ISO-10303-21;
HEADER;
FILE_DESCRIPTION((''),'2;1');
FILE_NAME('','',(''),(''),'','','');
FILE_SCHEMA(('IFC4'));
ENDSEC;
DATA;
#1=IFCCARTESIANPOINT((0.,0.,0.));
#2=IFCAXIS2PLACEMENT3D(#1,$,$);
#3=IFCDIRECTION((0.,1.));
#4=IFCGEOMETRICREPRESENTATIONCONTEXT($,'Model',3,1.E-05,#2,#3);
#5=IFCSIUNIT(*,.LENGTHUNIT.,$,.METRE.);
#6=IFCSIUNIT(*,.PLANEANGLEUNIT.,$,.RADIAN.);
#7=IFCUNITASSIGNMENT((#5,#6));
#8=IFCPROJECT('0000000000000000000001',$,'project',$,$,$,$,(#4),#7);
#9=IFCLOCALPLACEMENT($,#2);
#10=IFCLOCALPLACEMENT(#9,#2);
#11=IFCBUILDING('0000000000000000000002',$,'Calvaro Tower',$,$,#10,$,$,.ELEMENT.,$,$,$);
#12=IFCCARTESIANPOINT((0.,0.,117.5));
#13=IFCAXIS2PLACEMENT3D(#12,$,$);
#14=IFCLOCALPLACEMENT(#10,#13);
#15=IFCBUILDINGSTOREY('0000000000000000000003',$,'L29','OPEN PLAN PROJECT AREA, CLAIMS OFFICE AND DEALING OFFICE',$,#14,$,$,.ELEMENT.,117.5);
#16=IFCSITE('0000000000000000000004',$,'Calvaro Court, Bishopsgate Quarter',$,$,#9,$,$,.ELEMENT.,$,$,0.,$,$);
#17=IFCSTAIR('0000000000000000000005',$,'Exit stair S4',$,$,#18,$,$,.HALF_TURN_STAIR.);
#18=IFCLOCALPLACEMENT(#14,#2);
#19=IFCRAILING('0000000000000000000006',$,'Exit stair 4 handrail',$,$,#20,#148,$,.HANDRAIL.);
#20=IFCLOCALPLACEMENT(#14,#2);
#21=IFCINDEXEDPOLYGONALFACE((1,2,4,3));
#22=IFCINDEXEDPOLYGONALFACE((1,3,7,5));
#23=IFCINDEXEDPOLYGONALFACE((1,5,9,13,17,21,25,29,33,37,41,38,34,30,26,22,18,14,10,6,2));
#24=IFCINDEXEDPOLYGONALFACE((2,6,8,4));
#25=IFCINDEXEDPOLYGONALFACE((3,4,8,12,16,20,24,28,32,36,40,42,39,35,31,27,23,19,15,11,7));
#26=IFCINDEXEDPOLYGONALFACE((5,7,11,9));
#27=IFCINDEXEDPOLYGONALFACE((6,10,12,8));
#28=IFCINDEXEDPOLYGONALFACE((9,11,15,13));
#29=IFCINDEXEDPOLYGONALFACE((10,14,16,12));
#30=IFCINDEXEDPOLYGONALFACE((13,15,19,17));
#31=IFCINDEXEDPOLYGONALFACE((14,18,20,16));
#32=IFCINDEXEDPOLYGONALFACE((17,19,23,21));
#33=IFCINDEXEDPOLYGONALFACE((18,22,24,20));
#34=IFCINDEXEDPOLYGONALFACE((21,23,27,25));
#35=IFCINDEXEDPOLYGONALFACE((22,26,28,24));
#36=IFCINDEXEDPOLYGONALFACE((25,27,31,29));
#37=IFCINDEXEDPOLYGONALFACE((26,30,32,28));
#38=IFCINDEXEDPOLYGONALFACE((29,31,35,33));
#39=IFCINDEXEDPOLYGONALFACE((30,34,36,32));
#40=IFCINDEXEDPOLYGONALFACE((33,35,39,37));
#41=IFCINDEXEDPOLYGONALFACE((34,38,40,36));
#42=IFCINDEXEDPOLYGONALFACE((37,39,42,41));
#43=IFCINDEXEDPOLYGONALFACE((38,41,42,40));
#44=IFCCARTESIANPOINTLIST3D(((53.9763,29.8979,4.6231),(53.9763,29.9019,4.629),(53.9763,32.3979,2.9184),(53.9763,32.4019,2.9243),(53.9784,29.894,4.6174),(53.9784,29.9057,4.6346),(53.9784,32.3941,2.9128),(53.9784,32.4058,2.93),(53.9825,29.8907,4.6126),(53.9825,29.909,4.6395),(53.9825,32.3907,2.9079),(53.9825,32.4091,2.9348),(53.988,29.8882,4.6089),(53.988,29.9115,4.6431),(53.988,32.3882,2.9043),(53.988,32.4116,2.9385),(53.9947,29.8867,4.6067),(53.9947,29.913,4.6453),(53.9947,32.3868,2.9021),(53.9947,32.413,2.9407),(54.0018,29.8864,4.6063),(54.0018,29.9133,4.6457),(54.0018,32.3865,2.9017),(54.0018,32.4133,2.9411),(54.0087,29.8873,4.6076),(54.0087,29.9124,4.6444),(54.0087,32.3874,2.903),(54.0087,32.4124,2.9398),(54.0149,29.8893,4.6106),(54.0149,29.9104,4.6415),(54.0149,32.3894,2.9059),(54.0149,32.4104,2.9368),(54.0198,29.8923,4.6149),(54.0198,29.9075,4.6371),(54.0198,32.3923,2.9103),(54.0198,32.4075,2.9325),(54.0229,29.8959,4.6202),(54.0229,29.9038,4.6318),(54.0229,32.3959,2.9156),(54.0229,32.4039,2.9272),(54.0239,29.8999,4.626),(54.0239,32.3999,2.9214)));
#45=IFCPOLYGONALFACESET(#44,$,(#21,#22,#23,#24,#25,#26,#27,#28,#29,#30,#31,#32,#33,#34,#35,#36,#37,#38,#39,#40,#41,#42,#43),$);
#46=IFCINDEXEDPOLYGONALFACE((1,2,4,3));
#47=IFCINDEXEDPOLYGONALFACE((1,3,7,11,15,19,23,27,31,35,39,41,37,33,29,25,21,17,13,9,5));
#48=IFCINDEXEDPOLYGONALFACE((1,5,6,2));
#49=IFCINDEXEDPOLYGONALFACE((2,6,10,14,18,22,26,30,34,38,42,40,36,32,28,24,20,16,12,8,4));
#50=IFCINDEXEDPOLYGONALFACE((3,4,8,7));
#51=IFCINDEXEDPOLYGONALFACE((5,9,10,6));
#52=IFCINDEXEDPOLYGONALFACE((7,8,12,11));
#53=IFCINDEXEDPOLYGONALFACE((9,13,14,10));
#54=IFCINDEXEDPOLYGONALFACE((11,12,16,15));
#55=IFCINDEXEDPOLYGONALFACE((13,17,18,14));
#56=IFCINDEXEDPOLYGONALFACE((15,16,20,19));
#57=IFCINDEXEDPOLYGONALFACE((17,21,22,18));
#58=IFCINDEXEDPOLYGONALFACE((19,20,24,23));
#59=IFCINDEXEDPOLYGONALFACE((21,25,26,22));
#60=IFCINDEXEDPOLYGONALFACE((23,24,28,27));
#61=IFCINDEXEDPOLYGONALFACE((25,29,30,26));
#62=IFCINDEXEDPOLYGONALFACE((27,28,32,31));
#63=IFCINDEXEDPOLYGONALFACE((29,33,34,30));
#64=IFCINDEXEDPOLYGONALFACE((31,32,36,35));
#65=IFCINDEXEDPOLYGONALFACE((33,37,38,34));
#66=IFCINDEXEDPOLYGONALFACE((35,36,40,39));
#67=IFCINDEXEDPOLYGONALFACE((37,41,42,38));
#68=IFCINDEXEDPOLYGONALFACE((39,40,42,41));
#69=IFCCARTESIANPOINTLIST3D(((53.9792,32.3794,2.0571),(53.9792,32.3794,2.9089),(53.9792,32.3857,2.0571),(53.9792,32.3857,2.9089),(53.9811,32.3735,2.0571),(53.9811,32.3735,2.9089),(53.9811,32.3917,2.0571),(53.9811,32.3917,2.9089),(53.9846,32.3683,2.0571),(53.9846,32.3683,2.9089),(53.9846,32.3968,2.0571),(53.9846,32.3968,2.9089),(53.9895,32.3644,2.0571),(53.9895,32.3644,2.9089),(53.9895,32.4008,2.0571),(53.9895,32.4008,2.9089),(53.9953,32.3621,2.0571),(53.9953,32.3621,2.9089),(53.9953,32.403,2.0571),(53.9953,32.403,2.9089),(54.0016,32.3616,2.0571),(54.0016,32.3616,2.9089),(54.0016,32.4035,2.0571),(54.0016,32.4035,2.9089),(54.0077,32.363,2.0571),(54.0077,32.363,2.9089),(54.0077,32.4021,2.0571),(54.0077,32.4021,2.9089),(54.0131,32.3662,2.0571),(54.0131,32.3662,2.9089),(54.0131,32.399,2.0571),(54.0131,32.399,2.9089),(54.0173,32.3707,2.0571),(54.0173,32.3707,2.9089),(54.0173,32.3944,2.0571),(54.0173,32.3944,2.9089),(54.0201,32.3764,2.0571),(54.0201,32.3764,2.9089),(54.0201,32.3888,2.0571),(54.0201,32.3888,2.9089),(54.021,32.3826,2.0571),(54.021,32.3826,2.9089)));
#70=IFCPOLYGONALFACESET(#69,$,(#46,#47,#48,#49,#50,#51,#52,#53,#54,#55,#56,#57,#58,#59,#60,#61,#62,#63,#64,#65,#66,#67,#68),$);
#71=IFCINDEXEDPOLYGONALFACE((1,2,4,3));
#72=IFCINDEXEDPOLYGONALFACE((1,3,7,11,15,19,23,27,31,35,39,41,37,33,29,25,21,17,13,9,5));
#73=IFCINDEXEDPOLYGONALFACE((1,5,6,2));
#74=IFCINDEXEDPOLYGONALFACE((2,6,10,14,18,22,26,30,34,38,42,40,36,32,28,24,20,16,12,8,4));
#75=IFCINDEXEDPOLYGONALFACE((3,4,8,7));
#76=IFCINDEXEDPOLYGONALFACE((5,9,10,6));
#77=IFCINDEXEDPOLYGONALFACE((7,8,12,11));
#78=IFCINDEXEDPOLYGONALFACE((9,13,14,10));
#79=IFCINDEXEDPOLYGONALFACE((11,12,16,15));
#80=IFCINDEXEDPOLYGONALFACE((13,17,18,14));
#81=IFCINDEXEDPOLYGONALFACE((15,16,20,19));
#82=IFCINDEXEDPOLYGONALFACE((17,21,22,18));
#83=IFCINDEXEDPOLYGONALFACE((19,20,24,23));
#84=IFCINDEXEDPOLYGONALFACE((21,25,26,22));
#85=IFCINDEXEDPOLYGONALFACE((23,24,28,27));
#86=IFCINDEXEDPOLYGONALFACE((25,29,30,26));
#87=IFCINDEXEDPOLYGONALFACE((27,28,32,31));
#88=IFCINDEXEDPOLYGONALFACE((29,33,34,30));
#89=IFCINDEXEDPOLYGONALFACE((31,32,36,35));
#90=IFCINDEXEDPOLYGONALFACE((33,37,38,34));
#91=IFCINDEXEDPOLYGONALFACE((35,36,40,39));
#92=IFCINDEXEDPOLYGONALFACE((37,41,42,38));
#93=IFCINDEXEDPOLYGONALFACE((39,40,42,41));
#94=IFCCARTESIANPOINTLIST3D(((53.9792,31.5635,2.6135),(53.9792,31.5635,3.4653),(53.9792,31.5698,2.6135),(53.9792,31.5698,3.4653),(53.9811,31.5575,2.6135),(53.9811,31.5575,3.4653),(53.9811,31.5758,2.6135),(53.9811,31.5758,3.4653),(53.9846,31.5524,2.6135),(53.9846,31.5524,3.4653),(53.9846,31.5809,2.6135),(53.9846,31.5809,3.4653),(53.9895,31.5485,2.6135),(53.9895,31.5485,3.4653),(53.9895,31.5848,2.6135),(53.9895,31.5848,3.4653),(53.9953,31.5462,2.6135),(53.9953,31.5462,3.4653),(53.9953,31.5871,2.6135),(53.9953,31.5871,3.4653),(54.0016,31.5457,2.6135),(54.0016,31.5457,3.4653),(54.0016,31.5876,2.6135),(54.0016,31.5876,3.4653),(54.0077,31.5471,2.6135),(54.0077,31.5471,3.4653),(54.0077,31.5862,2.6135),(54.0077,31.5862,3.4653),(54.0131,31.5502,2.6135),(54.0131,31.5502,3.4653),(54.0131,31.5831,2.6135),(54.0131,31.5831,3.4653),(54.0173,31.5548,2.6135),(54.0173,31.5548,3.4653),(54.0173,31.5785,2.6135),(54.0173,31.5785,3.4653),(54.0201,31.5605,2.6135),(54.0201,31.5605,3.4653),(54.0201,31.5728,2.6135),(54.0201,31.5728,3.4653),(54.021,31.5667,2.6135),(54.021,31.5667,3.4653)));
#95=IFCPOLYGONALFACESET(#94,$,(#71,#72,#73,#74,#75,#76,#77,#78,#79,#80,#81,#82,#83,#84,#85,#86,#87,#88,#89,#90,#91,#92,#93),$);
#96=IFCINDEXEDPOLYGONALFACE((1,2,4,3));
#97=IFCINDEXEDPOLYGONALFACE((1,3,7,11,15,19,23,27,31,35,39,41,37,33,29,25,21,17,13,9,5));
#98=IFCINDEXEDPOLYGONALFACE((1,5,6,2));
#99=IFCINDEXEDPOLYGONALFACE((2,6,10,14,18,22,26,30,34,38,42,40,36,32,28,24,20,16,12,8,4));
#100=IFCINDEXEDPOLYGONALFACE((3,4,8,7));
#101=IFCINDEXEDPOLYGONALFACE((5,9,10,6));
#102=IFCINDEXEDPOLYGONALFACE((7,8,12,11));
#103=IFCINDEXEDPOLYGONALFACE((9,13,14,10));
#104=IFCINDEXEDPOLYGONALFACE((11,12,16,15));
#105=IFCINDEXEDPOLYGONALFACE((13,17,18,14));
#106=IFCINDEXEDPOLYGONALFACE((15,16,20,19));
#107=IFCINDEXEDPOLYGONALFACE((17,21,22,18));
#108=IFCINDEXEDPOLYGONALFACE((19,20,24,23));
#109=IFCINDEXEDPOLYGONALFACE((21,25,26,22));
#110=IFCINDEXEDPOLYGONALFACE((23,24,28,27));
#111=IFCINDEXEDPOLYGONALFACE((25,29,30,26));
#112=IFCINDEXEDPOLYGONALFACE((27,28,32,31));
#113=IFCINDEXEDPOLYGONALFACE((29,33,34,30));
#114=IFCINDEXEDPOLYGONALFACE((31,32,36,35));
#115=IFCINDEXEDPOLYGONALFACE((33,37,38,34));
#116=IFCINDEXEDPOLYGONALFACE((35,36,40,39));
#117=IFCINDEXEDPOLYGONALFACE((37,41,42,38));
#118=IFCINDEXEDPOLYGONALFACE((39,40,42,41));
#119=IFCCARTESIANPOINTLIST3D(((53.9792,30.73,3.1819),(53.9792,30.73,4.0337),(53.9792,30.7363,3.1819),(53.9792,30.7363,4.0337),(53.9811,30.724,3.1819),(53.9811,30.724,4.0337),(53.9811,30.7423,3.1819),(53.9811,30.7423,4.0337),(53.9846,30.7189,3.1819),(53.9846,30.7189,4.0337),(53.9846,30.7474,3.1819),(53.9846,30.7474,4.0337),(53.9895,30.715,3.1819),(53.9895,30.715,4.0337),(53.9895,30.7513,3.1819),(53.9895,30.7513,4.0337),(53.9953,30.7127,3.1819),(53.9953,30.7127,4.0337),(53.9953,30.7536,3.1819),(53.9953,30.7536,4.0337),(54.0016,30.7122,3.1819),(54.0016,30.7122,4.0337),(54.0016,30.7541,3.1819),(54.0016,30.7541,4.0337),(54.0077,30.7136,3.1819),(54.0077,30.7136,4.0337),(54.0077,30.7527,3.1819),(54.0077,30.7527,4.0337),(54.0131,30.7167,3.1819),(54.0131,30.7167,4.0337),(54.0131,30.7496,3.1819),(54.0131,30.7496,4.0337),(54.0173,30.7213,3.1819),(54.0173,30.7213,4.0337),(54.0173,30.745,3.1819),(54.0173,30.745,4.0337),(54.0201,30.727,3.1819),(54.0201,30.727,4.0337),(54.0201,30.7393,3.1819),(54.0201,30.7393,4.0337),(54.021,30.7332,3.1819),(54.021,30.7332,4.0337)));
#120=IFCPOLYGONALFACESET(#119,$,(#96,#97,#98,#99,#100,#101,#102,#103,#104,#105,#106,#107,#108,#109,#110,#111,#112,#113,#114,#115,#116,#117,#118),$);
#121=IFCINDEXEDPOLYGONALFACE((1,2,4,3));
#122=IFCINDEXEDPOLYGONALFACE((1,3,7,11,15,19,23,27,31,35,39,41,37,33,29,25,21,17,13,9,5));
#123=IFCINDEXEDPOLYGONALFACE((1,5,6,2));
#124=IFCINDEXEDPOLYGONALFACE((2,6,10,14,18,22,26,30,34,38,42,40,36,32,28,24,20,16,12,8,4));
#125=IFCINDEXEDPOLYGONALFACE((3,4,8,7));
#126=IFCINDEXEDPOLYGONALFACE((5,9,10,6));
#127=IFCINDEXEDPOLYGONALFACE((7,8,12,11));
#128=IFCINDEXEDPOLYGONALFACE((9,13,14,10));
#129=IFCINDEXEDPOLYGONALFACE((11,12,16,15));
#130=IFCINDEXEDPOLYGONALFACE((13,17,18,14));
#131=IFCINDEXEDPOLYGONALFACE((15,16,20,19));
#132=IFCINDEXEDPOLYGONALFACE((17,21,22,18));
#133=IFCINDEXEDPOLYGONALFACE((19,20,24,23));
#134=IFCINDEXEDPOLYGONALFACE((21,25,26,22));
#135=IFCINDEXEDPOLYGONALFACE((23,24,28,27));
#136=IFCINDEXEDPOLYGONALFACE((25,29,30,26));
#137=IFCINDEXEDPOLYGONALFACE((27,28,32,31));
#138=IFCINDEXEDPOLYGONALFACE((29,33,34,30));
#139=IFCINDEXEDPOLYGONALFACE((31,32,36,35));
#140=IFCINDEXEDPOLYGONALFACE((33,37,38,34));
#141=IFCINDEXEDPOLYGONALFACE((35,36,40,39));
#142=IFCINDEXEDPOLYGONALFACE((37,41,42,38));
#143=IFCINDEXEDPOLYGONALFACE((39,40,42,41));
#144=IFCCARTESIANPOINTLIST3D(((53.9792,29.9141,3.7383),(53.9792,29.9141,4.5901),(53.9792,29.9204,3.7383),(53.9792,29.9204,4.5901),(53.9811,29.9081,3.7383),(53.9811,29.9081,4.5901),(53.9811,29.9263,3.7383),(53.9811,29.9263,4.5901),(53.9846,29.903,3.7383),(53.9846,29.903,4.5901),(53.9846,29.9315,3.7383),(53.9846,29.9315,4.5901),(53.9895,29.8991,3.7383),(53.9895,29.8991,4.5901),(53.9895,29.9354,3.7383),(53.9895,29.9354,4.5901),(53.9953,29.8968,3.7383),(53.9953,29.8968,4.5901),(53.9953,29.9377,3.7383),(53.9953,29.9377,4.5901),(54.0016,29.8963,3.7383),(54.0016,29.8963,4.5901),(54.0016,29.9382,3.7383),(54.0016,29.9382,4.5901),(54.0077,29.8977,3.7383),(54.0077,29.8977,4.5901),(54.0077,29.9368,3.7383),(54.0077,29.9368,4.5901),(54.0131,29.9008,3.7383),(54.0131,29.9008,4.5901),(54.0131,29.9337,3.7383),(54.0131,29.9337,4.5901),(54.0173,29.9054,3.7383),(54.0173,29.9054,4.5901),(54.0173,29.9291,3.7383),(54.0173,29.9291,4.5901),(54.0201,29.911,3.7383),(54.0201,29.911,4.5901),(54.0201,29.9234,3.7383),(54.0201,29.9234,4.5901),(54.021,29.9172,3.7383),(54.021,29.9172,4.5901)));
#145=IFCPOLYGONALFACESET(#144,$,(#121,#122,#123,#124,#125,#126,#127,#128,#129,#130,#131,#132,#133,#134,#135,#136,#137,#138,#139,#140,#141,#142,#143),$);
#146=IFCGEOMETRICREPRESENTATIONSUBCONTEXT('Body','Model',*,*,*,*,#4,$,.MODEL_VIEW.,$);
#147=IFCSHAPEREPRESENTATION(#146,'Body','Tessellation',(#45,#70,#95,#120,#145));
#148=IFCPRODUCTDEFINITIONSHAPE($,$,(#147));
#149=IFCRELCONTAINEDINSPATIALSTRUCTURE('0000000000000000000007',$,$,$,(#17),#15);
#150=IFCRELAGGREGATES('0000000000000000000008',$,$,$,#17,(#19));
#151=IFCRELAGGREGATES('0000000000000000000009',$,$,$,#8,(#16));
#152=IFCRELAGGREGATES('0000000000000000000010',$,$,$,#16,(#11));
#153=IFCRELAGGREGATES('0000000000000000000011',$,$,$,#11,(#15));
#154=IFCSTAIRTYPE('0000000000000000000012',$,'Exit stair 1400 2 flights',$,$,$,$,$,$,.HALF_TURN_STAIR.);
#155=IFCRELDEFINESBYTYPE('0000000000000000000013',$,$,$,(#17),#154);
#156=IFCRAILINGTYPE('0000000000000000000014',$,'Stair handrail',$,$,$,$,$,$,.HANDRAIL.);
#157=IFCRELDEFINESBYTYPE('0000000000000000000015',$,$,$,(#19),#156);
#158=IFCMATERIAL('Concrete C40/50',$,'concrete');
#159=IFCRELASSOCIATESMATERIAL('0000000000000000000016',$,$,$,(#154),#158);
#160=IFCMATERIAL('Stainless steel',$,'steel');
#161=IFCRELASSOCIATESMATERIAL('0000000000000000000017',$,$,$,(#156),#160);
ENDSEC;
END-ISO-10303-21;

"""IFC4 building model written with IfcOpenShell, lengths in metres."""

from ifc_helpers import new_model, si_unit, direction, frame, origin, origin_2d, place, context, subcontext, project, spatial, circle, extrude, material, type_object, element, aggregate, save


model = new_model("IFC4")

# Units and contexts
model_context = context("Model", 3, precision=1e-05, world=origin(), true_north=direction((0.0, 1.0)))
body_context = subcontext(model_context, "Body", "Model", "MODEL_VIEW")
ifc_project = project(units=[si_unit("LENGTHUNIT", "METRE"), si_unit("PLANEANGLEUNIT", "RADIAN")], contexts=[model_context])

# Site, building, storey
site_placement = place(None, origin())
site = spatial("IfcSite", under=ifc_project, at=site_placement, Name="Calvaro Court, Bishopsgate Quarter", CompositionType="ELEMENT", RefElevation=0.0)
building_placement = place(site_placement, origin())
building = spatial("IfcBuilding", under=site, at=building_placement, Name="Calvaro Tower", CompositionType="ELEMENT")
storey_placement = place(building_placement, frame((0.0, 0.0, 117.5)))
storey = spatial("IfcBuildingStorey", under=building, at=storey_placement, Name="L29", Description="OPEN PLAN PROJECT AREA, CLAIMS OFFICE AND DEALING OFFICE", CompositionType="ELEMENT", Elevation=117.5)

# Shared definitions
ifc_material_1 = material(Name="Concrete C40/50", Category="concrete")
stair_type = type_object("IfcStairType", Name="Exit stair 1400 2 flights", PredefinedType="HALF_TURN_STAIR", material=ifc_material_1)

# Stair, railing
stair_1_placement = place(storey_placement, origin())
stair_1 = element("IfcStair", 1, at=stair_1_placement, inside=storey, type_object=stair_type, Name="Exit stair S4", PredefinedType="HALF_TURN_STAIR")
ifc_material_2 = material(Name="Stainless steel", Category="steel")
railing_type = type_object("IfcRailingType", Name="Stair handrail", PredefinedType="HANDRAIL", material=ifc_material_2)
railing_1_placement = place(storey_placement, frame((54.0, 32.3999, 2.0454)))
railing_1 = element("IfcRailing", 2, at=railing_1_placement, type_object=railing_type, Name="Exit stair 4 handrail", PredefinedType="HANDRAIL", context=body_context, shape_type="SweptSolid", body=[
    extrude(circle(Radius=0.0239, at=origin_2d()), frame((0.0, 0.0, 0.876), z_axis=(0.0, -0.826221, 0.563347), x_axis=(1.0, 0.0, 0.0)), (0.0, 0.0, 1.0), 3.0259),
    extrude(circle(Radius=0.021, at=origin_2d()), frame((0.0, -0.0173, 0.0117)), (0.0, 0.0, 1.0), 0.8518),
    extrude(circle(Radius=0.021, at=origin_2d()), frame((0.0, -0.8333, 0.5681)), (0.0, 0.0, 1.0), 0.8518),
    extrude(circle(Radius=0.021, at=origin_2d()), frame((0.0, -1.6667, 1.1365)), (0.0, 0.0, 1.0), 0.8518),
    extrude(circle(Radius=0.021, at=origin_2d()), frame((0.0, -2.4827, 1.6929)), (0.0, 0.0, 1.0), 0.8518),
])
aggregate(stair_1, [railing_1])

save(model, "model.ifc")
